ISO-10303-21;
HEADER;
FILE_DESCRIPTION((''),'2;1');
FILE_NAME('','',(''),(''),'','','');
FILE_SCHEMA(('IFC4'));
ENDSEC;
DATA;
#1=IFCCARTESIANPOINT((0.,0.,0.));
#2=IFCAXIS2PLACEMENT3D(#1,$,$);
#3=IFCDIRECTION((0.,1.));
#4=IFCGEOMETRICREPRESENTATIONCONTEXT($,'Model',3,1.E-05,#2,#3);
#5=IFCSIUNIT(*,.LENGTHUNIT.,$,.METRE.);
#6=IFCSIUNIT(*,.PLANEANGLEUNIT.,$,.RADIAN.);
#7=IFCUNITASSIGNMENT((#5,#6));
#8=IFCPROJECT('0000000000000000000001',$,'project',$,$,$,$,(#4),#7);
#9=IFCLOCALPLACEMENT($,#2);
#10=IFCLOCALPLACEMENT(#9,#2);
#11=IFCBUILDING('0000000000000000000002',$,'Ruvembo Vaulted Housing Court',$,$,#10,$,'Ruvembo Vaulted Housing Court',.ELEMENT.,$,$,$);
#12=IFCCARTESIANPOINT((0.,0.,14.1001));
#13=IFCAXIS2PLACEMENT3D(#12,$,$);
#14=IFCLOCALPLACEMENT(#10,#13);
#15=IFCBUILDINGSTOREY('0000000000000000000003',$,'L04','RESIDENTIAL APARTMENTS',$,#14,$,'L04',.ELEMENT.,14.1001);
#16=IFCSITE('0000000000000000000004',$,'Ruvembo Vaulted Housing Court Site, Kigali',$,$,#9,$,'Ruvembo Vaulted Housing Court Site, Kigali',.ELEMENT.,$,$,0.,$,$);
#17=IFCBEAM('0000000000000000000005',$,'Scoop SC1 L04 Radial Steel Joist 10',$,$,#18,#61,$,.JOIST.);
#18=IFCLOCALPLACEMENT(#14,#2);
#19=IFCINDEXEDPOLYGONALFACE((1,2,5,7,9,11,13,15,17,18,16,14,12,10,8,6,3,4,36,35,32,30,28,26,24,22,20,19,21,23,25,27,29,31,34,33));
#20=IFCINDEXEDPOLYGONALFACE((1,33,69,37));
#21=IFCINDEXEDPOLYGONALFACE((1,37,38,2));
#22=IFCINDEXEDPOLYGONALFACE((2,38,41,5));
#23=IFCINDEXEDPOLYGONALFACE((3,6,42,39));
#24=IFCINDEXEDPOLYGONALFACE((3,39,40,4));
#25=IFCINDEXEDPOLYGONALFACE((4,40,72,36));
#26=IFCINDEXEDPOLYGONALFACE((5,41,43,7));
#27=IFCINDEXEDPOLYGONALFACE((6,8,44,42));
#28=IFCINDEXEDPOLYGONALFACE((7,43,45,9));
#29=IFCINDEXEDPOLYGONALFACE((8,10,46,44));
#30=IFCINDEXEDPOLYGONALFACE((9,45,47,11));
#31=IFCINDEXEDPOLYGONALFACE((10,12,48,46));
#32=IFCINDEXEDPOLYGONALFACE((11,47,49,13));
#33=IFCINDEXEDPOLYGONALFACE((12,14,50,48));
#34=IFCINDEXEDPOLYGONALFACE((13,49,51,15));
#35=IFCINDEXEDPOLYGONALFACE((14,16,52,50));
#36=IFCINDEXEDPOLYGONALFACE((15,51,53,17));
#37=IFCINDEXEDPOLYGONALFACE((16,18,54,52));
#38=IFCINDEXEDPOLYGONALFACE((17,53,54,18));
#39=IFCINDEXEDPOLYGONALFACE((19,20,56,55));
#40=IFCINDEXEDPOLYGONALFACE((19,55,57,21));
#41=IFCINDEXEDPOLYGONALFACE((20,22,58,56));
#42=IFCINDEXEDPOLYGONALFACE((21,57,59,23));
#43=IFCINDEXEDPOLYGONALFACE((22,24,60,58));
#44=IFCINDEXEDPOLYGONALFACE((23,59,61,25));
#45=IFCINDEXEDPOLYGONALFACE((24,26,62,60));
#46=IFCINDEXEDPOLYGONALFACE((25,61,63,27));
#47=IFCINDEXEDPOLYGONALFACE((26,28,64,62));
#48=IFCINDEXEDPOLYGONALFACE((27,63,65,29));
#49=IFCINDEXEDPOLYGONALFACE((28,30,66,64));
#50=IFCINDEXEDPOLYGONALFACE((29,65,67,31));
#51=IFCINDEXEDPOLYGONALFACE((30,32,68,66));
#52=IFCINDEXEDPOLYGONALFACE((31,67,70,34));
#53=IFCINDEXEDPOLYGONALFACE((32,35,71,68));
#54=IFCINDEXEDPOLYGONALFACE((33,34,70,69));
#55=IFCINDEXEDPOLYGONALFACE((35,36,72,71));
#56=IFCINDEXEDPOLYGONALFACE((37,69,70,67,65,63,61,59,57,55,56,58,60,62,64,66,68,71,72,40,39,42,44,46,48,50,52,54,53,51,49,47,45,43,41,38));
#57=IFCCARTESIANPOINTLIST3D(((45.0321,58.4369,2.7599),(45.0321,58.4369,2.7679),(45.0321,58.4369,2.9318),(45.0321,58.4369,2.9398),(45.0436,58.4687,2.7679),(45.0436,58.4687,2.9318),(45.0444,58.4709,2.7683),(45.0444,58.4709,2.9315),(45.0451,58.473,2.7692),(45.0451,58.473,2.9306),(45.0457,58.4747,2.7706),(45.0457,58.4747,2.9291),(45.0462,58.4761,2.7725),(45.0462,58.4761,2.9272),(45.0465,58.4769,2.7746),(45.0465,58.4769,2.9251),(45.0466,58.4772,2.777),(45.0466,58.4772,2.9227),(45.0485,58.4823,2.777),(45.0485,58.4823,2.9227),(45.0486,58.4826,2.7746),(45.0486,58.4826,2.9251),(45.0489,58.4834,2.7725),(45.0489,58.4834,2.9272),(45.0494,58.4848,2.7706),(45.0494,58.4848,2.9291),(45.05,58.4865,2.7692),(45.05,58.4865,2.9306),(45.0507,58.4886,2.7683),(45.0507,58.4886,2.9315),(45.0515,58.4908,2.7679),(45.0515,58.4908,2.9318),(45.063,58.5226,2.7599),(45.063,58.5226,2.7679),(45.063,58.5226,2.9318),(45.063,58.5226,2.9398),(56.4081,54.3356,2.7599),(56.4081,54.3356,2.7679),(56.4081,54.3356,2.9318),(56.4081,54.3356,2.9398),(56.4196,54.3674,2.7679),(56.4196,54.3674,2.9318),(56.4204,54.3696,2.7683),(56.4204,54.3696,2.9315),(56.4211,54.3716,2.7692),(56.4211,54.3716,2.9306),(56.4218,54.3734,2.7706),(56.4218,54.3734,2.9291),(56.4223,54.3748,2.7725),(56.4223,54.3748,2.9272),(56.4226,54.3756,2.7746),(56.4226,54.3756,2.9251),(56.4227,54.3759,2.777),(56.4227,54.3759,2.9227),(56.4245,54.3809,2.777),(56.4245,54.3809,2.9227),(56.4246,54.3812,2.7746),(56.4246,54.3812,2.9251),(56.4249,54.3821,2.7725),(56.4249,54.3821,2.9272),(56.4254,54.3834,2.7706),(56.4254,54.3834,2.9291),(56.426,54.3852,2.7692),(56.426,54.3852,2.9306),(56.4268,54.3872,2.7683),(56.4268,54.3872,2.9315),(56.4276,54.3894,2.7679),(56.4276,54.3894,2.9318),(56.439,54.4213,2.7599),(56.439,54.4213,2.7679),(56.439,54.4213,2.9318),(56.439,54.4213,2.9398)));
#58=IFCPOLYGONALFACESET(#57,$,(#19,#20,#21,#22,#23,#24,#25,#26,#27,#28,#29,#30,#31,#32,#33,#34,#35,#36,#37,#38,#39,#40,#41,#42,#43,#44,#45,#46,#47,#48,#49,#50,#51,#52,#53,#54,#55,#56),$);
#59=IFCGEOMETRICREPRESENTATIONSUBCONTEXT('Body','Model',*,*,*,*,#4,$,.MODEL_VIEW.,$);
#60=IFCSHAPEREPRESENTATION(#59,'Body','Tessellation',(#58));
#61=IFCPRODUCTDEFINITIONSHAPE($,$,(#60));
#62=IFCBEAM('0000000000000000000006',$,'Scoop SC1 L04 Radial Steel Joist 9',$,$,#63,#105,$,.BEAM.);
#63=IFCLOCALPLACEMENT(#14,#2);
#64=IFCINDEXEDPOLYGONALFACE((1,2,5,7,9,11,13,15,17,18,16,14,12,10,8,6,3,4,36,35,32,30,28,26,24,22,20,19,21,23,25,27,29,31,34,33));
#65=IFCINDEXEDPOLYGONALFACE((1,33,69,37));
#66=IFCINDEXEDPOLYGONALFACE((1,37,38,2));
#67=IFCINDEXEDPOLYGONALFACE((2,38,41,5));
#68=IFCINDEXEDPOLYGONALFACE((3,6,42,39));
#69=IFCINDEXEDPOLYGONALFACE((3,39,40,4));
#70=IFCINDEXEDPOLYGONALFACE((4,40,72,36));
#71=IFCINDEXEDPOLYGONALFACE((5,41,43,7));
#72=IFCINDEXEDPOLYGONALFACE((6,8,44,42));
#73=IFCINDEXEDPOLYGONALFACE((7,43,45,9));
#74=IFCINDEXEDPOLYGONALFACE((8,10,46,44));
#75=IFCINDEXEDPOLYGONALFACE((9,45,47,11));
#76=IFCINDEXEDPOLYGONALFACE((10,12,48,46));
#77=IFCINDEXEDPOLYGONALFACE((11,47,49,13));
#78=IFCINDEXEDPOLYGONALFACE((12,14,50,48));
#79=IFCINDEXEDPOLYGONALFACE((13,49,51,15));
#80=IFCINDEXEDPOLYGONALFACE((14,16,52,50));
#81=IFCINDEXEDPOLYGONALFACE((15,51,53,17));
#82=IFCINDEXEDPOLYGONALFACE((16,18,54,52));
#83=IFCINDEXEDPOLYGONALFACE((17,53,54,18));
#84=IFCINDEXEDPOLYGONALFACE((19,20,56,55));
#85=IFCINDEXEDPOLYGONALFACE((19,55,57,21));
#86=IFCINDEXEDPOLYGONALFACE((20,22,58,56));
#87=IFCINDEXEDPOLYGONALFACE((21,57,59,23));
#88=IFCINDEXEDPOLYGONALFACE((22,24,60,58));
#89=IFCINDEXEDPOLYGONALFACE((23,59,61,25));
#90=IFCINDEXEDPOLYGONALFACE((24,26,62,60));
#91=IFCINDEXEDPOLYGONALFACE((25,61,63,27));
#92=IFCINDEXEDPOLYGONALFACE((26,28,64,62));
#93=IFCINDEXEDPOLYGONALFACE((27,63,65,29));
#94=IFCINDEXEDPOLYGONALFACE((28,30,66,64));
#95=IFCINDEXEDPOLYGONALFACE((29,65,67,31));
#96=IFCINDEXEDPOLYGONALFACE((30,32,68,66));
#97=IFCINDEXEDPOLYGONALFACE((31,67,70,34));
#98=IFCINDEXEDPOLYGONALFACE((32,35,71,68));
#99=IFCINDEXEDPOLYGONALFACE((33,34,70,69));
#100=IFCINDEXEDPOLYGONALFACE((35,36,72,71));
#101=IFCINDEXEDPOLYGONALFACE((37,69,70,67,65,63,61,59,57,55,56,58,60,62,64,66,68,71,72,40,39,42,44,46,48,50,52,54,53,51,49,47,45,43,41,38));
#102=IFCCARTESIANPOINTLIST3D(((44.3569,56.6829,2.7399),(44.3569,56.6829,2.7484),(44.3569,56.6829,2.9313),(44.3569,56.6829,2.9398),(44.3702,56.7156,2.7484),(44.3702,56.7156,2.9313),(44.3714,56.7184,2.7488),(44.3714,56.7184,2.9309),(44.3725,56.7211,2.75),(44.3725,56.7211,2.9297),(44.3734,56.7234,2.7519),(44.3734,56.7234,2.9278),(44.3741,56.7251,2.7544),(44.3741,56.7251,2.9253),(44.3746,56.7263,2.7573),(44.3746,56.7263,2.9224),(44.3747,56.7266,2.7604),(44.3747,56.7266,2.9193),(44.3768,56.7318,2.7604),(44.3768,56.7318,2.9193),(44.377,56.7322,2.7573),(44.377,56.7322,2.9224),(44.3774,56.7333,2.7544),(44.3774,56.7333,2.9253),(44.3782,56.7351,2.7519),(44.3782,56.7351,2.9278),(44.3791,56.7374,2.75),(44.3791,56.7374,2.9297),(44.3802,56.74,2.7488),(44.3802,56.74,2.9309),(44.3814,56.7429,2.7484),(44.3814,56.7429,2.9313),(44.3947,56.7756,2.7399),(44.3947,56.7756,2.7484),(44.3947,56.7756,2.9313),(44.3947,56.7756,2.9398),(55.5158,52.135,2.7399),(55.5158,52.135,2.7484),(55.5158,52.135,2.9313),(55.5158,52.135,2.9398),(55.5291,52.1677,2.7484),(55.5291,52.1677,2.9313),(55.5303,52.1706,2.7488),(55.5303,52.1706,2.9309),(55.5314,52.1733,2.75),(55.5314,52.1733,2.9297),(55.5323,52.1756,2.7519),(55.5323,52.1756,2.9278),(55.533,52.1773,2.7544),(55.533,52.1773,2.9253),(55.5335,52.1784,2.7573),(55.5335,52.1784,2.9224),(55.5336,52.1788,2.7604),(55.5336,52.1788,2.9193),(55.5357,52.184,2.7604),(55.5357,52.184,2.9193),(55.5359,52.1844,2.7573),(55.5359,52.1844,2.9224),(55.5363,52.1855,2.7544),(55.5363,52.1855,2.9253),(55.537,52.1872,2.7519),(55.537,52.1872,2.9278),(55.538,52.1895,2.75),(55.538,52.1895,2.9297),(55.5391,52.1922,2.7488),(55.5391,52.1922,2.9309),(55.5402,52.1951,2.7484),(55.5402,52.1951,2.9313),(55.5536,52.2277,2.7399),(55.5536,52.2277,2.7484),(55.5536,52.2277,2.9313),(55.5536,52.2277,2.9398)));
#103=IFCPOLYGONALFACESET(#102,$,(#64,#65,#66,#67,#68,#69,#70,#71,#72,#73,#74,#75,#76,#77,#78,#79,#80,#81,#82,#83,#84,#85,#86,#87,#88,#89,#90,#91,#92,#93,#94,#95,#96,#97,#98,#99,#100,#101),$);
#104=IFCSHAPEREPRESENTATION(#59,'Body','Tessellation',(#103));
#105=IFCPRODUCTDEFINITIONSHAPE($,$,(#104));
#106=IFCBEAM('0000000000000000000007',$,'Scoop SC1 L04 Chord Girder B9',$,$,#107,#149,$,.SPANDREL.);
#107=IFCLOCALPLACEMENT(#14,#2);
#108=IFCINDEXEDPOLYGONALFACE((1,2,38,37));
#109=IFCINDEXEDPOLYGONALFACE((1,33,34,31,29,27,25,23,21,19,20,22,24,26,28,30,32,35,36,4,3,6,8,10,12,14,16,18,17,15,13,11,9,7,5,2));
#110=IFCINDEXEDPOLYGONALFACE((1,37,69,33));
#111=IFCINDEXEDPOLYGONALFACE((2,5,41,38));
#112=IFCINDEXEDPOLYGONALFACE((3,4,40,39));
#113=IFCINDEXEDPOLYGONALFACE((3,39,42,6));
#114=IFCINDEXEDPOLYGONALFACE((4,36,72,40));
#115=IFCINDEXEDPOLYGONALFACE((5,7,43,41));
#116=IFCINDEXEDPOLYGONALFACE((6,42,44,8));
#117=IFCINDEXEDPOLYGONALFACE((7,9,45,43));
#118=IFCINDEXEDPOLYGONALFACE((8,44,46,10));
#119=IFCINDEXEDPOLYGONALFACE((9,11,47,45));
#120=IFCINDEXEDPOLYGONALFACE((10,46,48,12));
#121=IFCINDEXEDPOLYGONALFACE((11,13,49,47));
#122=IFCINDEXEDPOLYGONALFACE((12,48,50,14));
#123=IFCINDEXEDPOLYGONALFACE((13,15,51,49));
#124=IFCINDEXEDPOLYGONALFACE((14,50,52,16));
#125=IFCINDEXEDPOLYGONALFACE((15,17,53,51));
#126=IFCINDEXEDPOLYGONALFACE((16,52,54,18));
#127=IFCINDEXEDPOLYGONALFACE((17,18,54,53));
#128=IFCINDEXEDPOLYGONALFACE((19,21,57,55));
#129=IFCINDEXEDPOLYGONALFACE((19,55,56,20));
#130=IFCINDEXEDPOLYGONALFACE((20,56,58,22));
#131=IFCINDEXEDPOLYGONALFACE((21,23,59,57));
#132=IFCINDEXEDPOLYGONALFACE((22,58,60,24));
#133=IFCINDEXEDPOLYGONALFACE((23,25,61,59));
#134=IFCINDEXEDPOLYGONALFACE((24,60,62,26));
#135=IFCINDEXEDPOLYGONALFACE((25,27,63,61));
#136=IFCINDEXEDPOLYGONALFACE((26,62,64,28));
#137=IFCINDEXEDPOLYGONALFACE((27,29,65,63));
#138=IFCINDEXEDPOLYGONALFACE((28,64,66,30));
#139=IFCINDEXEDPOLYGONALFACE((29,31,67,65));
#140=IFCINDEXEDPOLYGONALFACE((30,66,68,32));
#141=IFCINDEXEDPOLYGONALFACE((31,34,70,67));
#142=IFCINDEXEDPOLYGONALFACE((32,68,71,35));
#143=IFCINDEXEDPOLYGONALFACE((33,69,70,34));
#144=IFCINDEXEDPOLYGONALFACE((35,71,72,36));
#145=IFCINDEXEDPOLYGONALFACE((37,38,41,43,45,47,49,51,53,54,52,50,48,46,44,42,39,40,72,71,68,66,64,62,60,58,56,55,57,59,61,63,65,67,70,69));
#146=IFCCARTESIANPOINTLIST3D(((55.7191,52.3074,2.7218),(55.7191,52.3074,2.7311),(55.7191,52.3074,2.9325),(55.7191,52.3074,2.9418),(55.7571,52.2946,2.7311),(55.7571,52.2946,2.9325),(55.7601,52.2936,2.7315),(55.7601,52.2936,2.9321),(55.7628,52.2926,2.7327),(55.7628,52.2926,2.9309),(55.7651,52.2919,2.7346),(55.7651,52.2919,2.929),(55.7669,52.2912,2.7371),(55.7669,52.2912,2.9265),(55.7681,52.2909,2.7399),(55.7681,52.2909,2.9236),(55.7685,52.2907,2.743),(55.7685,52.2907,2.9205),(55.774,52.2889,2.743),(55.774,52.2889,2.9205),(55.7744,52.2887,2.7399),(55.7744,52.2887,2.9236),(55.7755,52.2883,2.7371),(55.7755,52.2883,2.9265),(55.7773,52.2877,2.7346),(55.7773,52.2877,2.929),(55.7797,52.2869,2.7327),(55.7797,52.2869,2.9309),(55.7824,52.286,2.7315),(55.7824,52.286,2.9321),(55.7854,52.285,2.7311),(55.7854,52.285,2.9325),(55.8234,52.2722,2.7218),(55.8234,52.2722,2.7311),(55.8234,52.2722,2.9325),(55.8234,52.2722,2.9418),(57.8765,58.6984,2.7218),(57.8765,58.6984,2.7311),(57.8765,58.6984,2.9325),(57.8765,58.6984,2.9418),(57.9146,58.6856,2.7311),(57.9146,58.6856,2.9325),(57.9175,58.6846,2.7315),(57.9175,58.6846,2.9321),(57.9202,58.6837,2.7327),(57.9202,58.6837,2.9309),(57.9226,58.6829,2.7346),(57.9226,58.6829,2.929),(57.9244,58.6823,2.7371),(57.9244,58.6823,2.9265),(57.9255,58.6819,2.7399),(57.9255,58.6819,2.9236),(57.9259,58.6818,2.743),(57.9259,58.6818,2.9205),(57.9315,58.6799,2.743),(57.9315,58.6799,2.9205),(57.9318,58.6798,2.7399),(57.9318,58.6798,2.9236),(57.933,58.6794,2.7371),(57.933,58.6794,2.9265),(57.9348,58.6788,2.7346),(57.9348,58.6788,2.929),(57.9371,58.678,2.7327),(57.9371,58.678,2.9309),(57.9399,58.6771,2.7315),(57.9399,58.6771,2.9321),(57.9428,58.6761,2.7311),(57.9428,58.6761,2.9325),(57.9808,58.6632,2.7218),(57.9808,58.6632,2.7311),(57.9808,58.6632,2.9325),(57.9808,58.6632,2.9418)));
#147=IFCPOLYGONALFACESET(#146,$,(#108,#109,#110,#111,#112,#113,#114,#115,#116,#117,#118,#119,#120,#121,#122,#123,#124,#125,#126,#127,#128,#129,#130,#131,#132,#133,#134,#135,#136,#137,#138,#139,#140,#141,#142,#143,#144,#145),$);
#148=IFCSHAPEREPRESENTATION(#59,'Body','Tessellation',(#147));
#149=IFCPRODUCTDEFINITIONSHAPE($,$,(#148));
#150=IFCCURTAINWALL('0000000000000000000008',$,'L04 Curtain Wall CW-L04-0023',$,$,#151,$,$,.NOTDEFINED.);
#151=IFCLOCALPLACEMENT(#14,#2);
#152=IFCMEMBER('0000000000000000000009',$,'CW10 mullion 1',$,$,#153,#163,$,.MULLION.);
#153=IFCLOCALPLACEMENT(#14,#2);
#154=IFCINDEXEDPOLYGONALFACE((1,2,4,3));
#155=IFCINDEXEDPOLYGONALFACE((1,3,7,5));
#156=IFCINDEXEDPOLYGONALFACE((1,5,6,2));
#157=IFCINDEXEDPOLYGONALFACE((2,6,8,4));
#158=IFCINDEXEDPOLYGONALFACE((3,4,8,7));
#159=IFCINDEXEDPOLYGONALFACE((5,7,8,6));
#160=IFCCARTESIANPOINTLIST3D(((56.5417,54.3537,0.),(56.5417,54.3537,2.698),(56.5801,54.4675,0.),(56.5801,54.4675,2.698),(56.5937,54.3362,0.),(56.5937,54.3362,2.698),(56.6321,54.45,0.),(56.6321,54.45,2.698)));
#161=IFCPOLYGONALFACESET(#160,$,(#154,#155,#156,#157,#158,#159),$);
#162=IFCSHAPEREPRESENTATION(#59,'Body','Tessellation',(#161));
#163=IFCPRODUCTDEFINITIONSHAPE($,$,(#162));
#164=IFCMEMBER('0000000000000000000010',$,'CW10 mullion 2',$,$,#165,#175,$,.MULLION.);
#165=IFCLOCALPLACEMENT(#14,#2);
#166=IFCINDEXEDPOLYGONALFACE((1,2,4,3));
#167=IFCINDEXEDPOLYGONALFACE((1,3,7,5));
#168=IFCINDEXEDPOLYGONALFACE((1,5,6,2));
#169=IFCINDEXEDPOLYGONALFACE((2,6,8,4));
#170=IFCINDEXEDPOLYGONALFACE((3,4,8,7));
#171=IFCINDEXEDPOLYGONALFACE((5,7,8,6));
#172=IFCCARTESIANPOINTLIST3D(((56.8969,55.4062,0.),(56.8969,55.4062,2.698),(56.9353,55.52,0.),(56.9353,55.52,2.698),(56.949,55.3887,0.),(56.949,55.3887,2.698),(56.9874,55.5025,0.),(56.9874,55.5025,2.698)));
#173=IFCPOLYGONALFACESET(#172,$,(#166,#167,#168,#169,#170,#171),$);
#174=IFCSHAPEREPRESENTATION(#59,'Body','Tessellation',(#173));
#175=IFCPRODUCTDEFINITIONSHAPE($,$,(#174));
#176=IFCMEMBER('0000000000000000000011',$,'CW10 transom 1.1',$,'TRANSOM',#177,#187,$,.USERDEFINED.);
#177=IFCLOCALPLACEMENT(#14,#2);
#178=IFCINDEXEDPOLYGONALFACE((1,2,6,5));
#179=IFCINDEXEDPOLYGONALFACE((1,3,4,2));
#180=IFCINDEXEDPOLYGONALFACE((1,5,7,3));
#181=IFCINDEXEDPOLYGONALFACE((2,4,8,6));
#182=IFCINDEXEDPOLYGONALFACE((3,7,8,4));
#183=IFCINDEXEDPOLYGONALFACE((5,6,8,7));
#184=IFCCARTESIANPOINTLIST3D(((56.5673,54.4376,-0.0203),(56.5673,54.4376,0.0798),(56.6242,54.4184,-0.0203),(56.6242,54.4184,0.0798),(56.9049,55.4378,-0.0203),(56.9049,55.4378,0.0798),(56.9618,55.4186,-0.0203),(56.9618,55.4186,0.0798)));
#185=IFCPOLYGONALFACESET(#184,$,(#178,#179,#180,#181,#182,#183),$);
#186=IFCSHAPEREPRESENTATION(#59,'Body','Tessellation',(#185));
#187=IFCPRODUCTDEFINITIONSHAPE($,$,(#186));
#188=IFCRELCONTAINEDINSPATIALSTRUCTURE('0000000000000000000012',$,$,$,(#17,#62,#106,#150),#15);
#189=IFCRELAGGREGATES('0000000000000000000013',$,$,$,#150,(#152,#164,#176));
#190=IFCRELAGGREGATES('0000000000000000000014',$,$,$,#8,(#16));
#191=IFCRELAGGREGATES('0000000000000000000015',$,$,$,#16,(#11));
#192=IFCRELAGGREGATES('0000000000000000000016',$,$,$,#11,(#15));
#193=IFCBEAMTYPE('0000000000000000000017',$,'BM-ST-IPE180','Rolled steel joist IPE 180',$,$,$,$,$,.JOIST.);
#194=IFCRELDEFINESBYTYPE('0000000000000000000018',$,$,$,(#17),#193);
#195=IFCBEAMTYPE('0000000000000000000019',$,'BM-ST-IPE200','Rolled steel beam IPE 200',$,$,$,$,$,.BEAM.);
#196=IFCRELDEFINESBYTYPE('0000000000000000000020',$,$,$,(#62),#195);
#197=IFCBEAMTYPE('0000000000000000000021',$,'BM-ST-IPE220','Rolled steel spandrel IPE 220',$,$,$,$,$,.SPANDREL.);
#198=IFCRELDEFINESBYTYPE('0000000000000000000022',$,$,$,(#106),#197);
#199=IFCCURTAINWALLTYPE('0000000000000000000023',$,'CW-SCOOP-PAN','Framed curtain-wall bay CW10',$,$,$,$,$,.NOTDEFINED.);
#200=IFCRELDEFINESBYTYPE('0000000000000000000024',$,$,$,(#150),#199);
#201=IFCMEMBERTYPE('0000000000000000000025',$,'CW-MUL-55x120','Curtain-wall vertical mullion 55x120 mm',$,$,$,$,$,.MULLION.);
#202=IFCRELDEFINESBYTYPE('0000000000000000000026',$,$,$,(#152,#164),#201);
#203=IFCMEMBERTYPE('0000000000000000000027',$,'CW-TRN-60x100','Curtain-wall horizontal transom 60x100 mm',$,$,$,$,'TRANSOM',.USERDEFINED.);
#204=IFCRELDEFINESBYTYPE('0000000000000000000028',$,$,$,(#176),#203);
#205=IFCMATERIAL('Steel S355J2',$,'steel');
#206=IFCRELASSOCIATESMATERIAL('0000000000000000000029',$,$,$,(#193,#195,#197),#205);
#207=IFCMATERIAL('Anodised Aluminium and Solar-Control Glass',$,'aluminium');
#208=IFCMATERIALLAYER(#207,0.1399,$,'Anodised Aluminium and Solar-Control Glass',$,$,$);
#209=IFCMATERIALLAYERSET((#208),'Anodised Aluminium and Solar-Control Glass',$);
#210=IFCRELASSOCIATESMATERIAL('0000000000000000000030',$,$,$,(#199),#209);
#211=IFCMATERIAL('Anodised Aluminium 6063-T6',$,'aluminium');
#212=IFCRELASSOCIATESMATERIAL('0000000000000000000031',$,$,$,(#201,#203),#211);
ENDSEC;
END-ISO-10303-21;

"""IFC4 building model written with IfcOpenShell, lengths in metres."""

from ifc_helpers import new_model, si_unit, direction, frame, origin, origin_2d, place, context, subcontext, project, spatial, rectangle, i_section, extrude, material, layer, layer_set, material_profile, profile_set, type_object, element, aggregate, save


model = new_model("IFC4")

# Units and contexts
model_context = context("Model", 3, precision=1e-05, world=origin(), true_north=direction((0.0, 1.0)))
body_context = subcontext(model_context, "Body", "Model", "MODEL_VIEW")
ifc_project = project(units=[si_unit("LENGTHUNIT", "METRE"), si_unit("PLANEANGLEUNIT", "RADIAN")], contexts=[model_context])

# Site, building, storey
site_placement = place(None, origin())
site = spatial("IfcSite", under=ifc_project, at=site_placement, Name="Ruvembo Vaulted Housing Court Site, Kigali", LongName="Ruvembo Vaulted Housing Court Site, Kigali", CompositionType="ELEMENT", RefElevation=0.0)
building_placement = place(site_placement, origin())
building = spatial("IfcBuilding", under=site, at=building_placement, Name="Ruvembo Vaulted Housing Court", LongName="Ruvembo Vaulted Housing Court", CompositionType="ELEMENT")
storey_placement = place(building_placement, frame((0.0, 0.0, 14.1001)))
storey = spatial("IfcBuildingStorey", under=building, at=storey_placement, Name="L04", Description="RESIDENTIAL APARTMENTS", LongName="L04", CompositionType="ELEMENT", Elevation=14.1001)

# Beams
ifc_material_1 = material(Name="Steel S355J2", Category="steel")
ifc_material_profile_1 = material_profile(ifc_material_1, i_section(OverallWidth=0.0911, OverallDepth=0.1799, WebThickness=0.0054, FlangeThickness=0.0081, FilletRadius=0.009, at=origin_2d()), Name="IPE 180")
ifc_profile_set_1 = profile_set([ifc_material_profile_1], Name="Steel S355J2")
beam_type_1 = type_object("IfcBeamType", Name="BM-ST-IPE180", Description="Rolled steel joist IPE 180", PredefinedType="JOIST", material=ifc_profile_set_1)
beam_1_placement = place(storey_placement, frame((56.4236, 54.3784, 2.8499), z_axis=(-0.94073, 0.339156, 0.0), x_axis=(-0.339156, -0.94073, 0.0)))
element("IfcBeam", 1, at=beam_1_placement, inside=storey, type_object=beam_type_1, Name="Scoop SC1 L04 Radial Steel Joist 10", PredefinedType="JOIST", context=body_context, shape_type="SweptSolid", body=[
    extrude(i_section(OverallWidth=0.0911, OverallDepth=0.1799, WebThickness=0.0054, FlangeThickness=0.0081, FilletRadius=0.009, at=origin_2d()), origin(), (0.0, 0.0, 1.0), 12.0928),
])
ifc_material_profile_2 = material_profile(ifc_material_1, i_section(OverallWidth=0.1001, OverallDepth=0.2, WebThickness=0.0056, FlangeThickness=0.0085, FilletRadius=0.012, at=origin_2d()), Name="IPE 200")
ifc_profile_set_2 = profile_set([ifc_material_profile_2], Name="Steel S355J2")
beam_type_2 = type_object("IfcBeamType", Name="BM-ST-IPE200", Description="Rolled steel beam IPE 200", PredefinedType="BEAM", material=ifc_profile_set_2)
beam_2_placement = place(storey_placement, frame((55.5347, 52.1814, 2.8398), z_axis=(-0.926045, 0.377412, 0.0), x_axis=(-0.377412, -0.926045, 0.0)))
element("IfcBeam", 2, at=beam_2_placement, inside=storey, type_object=beam_type_2, Name="Scoop SC1 L04 Radial Steel Joist 9", PredefinedType="BEAM", context=body_context, shape_type="SweptSolid", body=[
    extrude(i_section(OverallWidth=0.1001, OverallDepth=0.2, WebThickness=0.0056, FlangeThickness=0.0085, FilletRadius=0.012, at=origin_2d()), origin(), (0.0, 0.0, 1.0), 12.05),
])
ifc_material_profile_3 = material_profile(ifc_material_1, i_section(OverallWidth=0.1101, OverallDepth=0.22, WebThickness=0.0059, FlangeThickness=0.0093, FilletRadius=0.012, at=origin_2d()), Name="IPE 220")
ifc_profile_set_3 = profile_set([ifc_material_profile_3], Name="Steel S355J2")
beam_type_3 = type_object("IfcBeamType", Name="BM-ST-IPE220", Description="Rolled steel spandrel IPE 220", PredefinedType="SPANDREL", material=ifc_profile_set_3)
beam_3_placement = place(storey_placement, frame((55.7712, 52.2898, 2.8318), z_axis=(0.319841, 0.947471, 0.0), x_axis=(-0.947471, 0.319841, 0.0)))
element("IfcBeam", 3, at=beam_3_placement, inside=storey, type_object=beam_type_3, Name="Scoop SC1 L04 Chord Girder B9", PredefinedType="SPANDREL", context=body_context, shape_type="SweptSolid", body=[
    extrude(i_section(OverallWidth=0.1101, OverallDepth=0.22, WebThickness=0.0059, FlangeThickness=0.0093, FilletRadius=0.012, at=origin_2d()), origin(), (0.0, 0.0, 1.0), 6.7454),
])

# Curtain wall, members
ifc_material_2 = material(Name="Anodised Aluminium and Solar-Control Glass", Category="aluminium")
ifc_layer_1 = layer(ifc_material_2, 0.1399, Name="Anodised Aluminium and Solar-Control Glass")
ifc_layer_set_1 = layer_set([ifc_layer_1], Name="Anodised Aluminium and Solar-Control Glass")
curtain_wall_type = type_object("IfcCurtainWallType", Name="CW-SCOOP-PAN", Description="Framed curtain-wall bay CW10", PredefinedType="NOTDEFINED", material=ifc_layer_set_1)
curtain_wall_placement = place(storey_placement, origin())
curtain_wall = element("IfcCurtainWall", 4, at=curtain_wall_placement, inside=storey, type_object=curtain_wall_type, Name="L04 Curtain Wall CW-L04-0023", PredefinedType="NOTDEFINED")
ifc_material_3 = material(Name="Anodised Aluminium 6063-T6", Category="aluminium")
ifc_material_profile_4 = material_profile(ifc_material_3, rectangle(XDim=0.0549, YDim=0.1201, at=origin_2d()), Name="ALU 55x120")
ifc_profile_set_4 = profile_set([ifc_material_profile_4], Name="Anodised Aluminium 6063-T6")
member_type_1 = type_object("IfcMemberType", Name="CW-MUL-55x120", Description="Curtain-wall vertical mullion 55x120 mm", PredefinedType="MULLION", material=ifc_profile_set_4)
member_1_placement = place(storey_placement, frame((56.5869, 54.4019, 0.0), z_axis=(0.0, 0.0, 1.0), x_axis=(-0.947473, 0.319836, 0.0)))
member_1 = element("IfcMember", 5, at=member_1_placement, type_object=member_type_1, Name="CW10 mullion 1", PredefinedType="MULLION", context=body_context, shape_type="SweptSolid", body=[
    extrude(rectangle(XDim=0.0549, YDim=0.1201, at=origin_2d()), origin(), (0.0, 0.0, 1.0), 2.698),
])
member_2_placement = place(storey_placement, frame((56.9421, 55.4543, 0.0), z_axis=(0.0, 0.0, 1.0), x_axis=(-0.947473, 0.319836, 0.0)))
member_2 = element("IfcMember", 6, at=member_2_placement, type_object=member_type_1, Name="CW10 mullion 2", PredefinedType="MULLION", context=body_context, shape_type="SweptSolid", body=[
    extrude(rectangle(XDim=0.0549, YDim=0.1201, at=origin_2d()), origin(), (0.0, 0.0, 1.0), 2.698),
])
ifc_material_profile_5 = material_profile(ifc_material_3, rectangle(XDim=0.0601, YDim=0.1001, at=origin_2d()), Name="ALU 60x100")
ifc_profile_set_5 = profile_set([ifc_material_profile_5], Name="Anodised Aluminium 6063-T6")
member_type_2 = type_object("IfcMemberType", Name="CW-TRN-60x100", Description="Curtain-wall horizontal transom 60x100 mm", ElementType="TRANSOM", PredefinedType="USERDEFINED", material=ifc_profile_set_5)
member_3_placement = place(storey_placement, frame((56.5957, 54.428, 0.0298), z_axis=(0.319833, 0.947474, 0.0), x_axis=(-0.947474, 0.319833, 0.0)))
member_3 = element("IfcMember", 7, at=member_3_placement, type_object=member_type_2, Name="CW10 transom 1.1", ObjectType="TRANSOM", PredefinedType="USERDEFINED", context=body_context, shape_type="SweptSolid", body=[
    extrude(rectangle(XDim=0.0601, YDim=0.1001, at=origin_2d()), origin(), (0.0, 0.0, 1.0), 1.0557),
])
aggregate(curtain_wall, [member_1, member_2, member_3])

save(model, "model.ifc")
